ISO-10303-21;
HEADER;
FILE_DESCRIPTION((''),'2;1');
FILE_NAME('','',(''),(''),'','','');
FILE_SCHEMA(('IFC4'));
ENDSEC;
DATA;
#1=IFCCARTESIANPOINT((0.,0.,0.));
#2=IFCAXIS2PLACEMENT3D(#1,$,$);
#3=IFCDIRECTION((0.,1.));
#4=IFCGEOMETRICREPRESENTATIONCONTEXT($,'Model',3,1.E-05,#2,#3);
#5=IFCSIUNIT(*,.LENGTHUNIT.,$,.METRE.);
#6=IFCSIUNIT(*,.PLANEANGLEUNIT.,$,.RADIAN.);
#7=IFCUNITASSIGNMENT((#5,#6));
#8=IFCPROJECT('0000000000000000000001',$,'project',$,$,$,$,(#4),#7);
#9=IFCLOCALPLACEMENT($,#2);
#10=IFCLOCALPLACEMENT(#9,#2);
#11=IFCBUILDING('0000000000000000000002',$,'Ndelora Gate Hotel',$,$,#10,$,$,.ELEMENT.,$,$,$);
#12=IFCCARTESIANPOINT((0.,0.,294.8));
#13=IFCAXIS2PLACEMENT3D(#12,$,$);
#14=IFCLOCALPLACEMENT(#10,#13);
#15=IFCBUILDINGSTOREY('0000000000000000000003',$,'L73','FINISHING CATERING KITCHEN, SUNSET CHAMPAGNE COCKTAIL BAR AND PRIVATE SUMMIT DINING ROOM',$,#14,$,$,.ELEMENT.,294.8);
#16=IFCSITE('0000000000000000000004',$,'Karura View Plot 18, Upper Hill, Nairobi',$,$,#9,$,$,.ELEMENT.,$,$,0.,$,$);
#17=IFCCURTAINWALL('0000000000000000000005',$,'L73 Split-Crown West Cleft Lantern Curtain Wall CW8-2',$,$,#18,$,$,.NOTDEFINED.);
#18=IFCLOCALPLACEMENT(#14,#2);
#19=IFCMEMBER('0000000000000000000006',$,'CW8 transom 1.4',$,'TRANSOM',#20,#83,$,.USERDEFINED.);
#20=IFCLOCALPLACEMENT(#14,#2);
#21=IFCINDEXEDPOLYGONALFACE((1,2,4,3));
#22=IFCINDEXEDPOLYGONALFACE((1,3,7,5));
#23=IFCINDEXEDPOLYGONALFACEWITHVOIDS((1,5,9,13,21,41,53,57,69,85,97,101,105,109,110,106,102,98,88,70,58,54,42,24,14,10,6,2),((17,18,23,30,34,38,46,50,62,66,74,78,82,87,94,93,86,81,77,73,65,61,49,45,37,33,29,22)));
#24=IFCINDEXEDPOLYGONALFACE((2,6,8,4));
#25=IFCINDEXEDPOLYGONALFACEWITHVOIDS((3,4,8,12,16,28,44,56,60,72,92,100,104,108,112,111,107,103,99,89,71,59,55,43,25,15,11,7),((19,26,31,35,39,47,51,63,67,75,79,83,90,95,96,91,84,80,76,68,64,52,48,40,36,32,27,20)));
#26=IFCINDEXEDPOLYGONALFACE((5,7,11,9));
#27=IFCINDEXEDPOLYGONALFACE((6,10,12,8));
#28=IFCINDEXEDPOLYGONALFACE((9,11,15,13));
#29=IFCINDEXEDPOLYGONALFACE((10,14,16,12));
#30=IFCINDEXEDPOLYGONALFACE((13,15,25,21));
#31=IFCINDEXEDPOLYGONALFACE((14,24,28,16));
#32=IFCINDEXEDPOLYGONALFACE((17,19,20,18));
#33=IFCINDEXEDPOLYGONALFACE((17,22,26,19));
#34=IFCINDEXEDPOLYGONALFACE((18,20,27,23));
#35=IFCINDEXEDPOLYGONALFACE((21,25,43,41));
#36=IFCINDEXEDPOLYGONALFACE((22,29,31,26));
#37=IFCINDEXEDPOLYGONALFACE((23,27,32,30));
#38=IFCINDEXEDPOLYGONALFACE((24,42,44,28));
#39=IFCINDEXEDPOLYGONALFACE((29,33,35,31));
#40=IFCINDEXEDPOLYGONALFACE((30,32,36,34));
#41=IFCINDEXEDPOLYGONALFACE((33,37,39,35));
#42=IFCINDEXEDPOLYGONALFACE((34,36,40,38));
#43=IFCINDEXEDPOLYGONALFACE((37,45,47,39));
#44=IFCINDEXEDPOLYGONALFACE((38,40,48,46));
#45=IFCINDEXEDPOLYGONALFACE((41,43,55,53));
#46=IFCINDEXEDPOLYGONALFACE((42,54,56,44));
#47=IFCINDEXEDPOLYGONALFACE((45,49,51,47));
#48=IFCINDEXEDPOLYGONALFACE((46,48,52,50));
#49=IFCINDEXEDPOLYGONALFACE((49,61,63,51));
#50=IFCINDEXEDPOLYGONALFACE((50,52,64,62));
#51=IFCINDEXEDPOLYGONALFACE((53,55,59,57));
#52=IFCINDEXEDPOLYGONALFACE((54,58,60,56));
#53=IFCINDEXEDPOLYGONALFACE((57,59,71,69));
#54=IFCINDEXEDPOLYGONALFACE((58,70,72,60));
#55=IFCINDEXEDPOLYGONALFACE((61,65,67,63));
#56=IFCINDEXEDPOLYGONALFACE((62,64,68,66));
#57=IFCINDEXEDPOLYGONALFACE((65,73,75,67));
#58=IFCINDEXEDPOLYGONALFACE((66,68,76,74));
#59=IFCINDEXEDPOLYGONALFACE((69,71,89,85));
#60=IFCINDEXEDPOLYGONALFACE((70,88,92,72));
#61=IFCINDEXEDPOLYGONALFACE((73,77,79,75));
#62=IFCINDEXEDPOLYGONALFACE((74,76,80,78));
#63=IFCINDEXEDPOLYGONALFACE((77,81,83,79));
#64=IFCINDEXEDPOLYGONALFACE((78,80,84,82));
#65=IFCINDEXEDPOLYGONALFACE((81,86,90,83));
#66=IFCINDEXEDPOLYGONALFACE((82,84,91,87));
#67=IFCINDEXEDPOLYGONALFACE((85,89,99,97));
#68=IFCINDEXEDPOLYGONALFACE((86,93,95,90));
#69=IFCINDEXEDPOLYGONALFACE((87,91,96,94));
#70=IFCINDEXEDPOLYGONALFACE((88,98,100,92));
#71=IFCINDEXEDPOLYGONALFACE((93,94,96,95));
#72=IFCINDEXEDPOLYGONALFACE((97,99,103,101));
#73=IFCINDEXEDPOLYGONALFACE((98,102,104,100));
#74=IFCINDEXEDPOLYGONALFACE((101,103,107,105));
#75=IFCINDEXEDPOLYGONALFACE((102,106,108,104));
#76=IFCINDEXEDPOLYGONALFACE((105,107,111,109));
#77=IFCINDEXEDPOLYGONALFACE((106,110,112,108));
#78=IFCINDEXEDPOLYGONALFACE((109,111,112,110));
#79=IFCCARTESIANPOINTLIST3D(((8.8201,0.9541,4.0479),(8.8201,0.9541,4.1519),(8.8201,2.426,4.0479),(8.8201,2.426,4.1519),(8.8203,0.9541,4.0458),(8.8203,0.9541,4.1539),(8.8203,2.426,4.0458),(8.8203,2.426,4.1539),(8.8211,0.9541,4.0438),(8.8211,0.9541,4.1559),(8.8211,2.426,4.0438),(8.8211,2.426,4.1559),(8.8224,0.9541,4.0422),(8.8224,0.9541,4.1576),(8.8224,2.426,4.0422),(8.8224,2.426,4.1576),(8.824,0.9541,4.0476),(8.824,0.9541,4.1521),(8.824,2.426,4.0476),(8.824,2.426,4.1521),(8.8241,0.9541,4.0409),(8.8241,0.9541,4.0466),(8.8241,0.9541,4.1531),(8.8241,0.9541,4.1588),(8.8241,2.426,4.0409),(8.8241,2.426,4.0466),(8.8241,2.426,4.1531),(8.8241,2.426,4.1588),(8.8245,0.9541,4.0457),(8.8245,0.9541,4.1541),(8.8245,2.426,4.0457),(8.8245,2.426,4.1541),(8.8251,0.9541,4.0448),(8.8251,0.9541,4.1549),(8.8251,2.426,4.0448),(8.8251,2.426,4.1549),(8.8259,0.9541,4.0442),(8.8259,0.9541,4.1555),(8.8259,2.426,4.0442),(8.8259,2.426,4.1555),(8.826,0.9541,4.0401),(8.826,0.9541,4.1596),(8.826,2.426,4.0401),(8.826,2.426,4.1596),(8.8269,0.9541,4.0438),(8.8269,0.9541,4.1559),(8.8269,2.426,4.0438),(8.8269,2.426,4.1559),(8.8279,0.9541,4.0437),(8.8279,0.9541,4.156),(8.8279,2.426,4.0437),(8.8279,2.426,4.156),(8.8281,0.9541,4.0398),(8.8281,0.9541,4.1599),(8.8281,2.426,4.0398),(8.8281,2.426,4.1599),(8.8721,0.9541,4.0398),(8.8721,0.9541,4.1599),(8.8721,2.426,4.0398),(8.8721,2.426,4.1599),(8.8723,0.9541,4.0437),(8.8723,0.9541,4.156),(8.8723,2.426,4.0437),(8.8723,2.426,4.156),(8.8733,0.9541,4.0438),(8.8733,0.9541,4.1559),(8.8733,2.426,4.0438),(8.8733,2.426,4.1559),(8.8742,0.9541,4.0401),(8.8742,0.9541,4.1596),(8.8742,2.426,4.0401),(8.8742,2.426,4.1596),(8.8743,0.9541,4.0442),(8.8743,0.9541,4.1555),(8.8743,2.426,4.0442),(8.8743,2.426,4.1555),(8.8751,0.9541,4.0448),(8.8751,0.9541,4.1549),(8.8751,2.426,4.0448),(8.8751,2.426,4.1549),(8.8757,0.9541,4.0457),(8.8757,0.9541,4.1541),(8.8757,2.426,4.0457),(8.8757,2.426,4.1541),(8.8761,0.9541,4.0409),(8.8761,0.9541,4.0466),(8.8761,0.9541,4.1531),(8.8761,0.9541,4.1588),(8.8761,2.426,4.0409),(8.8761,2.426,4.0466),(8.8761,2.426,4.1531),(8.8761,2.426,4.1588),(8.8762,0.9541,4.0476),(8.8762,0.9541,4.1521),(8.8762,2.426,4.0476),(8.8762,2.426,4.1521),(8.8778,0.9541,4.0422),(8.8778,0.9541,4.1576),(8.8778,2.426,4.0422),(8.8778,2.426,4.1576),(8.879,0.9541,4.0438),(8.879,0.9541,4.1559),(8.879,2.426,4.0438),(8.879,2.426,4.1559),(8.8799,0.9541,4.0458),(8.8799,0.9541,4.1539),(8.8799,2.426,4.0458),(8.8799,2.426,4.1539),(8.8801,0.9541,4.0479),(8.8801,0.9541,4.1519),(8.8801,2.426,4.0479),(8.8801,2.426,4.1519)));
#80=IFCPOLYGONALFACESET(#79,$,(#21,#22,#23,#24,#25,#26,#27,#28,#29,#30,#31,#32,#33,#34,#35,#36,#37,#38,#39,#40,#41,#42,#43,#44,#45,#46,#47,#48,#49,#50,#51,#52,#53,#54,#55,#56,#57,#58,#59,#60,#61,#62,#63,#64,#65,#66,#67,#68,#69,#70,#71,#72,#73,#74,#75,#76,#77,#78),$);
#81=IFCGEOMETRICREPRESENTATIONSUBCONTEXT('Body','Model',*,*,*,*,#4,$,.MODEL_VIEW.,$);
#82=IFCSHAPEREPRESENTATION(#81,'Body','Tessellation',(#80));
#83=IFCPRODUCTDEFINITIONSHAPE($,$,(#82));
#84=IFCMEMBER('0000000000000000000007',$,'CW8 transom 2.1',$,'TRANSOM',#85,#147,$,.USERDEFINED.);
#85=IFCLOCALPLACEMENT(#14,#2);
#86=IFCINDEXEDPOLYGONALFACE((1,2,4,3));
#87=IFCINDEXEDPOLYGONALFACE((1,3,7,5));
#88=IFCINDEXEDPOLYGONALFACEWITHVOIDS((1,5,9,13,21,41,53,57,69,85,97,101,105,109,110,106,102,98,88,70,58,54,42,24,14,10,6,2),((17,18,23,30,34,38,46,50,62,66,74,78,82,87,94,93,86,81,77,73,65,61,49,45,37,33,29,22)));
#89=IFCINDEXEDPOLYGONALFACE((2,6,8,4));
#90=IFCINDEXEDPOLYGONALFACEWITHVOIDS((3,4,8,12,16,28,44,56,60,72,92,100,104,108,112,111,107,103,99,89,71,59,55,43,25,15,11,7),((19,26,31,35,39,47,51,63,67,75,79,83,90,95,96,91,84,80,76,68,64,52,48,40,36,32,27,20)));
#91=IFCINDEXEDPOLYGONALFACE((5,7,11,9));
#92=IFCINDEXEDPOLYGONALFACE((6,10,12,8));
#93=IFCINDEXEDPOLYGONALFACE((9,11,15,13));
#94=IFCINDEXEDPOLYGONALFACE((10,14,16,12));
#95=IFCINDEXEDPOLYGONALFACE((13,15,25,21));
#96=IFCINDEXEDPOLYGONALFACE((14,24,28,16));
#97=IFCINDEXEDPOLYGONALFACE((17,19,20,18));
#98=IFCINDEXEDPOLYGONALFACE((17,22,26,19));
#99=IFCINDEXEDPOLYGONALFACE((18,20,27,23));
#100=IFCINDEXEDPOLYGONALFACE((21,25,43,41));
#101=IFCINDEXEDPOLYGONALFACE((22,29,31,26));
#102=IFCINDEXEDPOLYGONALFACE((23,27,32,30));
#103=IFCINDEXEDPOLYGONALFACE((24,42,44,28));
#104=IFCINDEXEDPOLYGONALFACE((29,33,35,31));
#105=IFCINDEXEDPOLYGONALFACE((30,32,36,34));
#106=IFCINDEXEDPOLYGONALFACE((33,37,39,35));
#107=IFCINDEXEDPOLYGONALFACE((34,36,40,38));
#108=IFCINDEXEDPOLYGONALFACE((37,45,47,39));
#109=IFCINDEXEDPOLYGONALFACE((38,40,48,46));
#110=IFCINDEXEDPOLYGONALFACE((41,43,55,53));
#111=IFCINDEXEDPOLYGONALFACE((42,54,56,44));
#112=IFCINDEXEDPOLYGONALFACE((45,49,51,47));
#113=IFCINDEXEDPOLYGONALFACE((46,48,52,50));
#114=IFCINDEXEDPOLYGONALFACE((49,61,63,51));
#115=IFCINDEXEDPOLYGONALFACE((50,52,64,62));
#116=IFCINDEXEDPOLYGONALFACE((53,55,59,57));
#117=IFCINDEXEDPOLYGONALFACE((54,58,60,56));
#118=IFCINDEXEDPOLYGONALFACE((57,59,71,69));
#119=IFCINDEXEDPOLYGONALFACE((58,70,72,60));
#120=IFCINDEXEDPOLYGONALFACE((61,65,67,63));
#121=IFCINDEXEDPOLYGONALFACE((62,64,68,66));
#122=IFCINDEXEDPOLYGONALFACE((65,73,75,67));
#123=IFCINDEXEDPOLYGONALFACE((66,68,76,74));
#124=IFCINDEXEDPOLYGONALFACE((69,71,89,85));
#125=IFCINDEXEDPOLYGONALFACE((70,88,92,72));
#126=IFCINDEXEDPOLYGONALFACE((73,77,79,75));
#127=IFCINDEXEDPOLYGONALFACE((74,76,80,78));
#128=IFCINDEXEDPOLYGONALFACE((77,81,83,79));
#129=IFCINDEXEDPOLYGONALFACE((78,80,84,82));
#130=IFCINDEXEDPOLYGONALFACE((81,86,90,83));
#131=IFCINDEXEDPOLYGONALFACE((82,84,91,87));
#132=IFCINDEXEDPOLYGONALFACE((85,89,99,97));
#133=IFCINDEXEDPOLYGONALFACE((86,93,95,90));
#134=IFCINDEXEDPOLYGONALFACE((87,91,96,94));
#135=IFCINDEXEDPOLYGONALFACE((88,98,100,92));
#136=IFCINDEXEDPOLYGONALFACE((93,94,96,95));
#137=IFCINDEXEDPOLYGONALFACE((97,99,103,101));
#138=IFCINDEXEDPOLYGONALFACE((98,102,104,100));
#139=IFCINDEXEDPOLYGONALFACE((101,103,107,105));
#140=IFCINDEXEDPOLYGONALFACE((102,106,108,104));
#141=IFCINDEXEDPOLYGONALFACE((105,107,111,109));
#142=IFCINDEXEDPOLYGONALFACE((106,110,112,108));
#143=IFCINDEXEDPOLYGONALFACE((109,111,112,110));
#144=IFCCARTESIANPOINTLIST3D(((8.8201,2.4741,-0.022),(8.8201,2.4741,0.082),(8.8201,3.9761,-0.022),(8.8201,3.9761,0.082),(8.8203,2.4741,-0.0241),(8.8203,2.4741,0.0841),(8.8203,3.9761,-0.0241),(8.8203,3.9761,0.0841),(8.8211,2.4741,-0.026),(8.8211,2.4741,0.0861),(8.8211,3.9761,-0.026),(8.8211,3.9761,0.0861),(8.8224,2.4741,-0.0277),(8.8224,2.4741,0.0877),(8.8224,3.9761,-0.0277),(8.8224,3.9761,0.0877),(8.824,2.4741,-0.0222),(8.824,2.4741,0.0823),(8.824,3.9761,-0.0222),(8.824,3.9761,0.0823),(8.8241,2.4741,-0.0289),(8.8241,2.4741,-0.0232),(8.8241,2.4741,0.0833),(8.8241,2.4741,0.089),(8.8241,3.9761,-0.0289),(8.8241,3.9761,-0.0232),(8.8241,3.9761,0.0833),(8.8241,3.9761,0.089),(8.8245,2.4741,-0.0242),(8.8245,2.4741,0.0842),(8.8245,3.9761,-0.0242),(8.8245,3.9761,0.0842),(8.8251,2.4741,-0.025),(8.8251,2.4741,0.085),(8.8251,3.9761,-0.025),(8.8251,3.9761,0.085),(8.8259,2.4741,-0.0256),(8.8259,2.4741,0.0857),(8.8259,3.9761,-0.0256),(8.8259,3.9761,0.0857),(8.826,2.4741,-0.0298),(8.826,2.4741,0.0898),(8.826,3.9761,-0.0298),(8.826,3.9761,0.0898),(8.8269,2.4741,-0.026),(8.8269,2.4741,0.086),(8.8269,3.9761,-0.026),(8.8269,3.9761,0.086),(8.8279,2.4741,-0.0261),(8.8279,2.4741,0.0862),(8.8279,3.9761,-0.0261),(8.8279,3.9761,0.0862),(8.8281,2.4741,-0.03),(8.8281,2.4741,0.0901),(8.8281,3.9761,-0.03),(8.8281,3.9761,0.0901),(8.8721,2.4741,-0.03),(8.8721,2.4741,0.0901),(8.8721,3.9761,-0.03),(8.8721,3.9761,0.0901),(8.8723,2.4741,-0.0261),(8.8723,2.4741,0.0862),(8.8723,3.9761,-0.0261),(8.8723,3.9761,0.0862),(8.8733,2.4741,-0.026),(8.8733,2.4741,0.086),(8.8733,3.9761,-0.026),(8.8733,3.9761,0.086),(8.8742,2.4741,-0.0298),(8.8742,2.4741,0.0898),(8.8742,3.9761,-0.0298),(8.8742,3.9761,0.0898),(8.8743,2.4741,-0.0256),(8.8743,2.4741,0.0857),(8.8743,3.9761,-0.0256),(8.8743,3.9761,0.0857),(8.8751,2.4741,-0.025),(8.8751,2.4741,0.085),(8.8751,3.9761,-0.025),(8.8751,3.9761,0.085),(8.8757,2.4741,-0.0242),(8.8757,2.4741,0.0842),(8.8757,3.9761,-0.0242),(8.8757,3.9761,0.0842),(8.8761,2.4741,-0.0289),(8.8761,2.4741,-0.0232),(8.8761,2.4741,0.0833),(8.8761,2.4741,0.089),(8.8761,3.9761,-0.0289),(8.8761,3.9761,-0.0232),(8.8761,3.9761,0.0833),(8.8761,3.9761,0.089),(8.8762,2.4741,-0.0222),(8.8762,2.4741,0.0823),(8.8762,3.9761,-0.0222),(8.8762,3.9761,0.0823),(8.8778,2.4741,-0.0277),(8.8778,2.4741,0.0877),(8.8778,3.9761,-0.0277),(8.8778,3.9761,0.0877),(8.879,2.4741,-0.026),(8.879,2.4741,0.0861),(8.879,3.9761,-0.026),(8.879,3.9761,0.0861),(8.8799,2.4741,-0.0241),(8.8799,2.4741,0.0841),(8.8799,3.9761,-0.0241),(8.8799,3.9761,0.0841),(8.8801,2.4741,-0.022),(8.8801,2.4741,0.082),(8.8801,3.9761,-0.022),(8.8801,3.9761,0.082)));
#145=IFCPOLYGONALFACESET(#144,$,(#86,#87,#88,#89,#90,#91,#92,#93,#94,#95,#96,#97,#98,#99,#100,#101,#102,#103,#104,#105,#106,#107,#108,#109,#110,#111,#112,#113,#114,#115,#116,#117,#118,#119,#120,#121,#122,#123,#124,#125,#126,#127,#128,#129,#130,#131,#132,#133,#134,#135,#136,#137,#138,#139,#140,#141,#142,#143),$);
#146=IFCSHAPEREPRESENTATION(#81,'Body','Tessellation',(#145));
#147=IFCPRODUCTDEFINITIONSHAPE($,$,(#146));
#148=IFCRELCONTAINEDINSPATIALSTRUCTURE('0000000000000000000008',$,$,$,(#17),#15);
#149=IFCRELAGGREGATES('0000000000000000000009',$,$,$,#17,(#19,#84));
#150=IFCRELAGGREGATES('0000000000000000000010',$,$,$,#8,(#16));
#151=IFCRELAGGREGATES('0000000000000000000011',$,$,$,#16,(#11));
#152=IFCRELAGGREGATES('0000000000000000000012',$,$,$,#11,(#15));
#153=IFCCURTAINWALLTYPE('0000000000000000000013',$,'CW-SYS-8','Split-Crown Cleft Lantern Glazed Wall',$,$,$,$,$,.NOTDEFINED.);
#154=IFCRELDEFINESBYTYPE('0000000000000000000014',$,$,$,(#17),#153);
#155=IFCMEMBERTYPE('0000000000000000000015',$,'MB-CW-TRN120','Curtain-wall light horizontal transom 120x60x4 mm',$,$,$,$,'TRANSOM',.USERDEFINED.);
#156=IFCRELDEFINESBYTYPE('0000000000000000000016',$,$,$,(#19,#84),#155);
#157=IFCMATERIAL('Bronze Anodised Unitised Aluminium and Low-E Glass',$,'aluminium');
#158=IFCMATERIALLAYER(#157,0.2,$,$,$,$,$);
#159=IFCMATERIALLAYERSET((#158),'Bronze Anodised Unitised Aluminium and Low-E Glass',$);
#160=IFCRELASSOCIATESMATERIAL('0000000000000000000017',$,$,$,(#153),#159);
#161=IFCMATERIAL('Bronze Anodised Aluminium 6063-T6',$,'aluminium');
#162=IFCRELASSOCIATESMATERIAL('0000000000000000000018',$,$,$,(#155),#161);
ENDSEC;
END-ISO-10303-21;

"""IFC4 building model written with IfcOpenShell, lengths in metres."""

from ifc_helpers import new_model, si_unit, direction, frame, origin, origin_2d, place, context, subcontext, project, spatial, hollow_rectangle, extrude, material, layer, layer_set, material_profile, profile_set, type_object, element, aggregate, save


model = new_model("IFC4")

# Units and contexts
model_context = context("Model", 3, precision=1e-05, world=origin(), true_north=direction((0.0, 1.0)))
body_context = subcontext(model_context, "Body", "Model", "MODEL_VIEW")
ifc_project = project(units=[si_unit("LENGTHUNIT", "METRE"), si_unit("PLANEANGLEUNIT", "RADIAN")], contexts=[model_context])

# Site, building, storey
site_placement = place(None, origin())
site = spatial("IfcSite", under=ifc_project, at=site_placement, Name="Karura View Plot 18, Upper Hill, Nairobi", CompositionType="ELEMENT", RefElevation=0.0)
building_placement = place(site_placement, origin())
building = spatial("IfcBuilding", under=site, at=building_placement, Name="Ndelora Gate Hotel", CompositionType="ELEMENT")
storey_placement = place(building_placement, frame((0.0, 0.0, 294.8)))
storey = spatial("IfcBuildingStorey", under=building, at=storey_placement, Name="L73", Description="FINISHING CATERING KITCHEN, SUNSET CHAMPAGNE COCKTAIL BAR AND PRIVATE SUMMIT DINING ROOM", CompositionType="ELEMENT", Elevation=294.8)

# Curtain wall, members
ifc_material_1 = material(Name="Bronze Anodised Unitised Aluminium and Low-E Glass", Category="aluminium")
ifc_layer_1 = layer(ifc_material_1, 0.2)
ifc_layer_set_1 = layer_set([ifc_layer_1], Name="Bronze Anodised Unitised Aluminium and Low-E Glass")
curtain_wall_type = type_object("IfcCurtainWallType", Name="CW-SYS-8", Description="Split-Crown Cleft Lantern Glazed Wall", PredefinedType="NOTDEFINED", material=ifc_layer_set_1)
curtain_wall_1_placement = place(storey_placement, origin())
curtain_wall_1 = element("IfcCurtainWall", 1, at=curtain_wall_1_placement, inside=storey, type_object=curtain_wall_type, Name="L73 Split-Crown West Cleft Lantern Curtain Wall CW8-2", PredefinedType="NOTDEFINED")
ifc_material_2 = material(Name="Bronze Anodised Aluminium 6063-T6", Category="aluminium")
ifc_material_profile_1 = material_profile(ifc_material_2, hollow_rectangle(XDim=0.0601, YDim=0.1201, WallThickness=0.0039, InnerFilletRadius=0.0039, OuterFilletRadius=0.0081, at=origin_2d()), Name="ALU 120x60x4")
ifc_profile_set_1 = profile_set([ifc_material_profile_1], Name="Bronze Anodised Aluminium 6063-T6")
member_type_1 = type_object("IfcMemberType", Name="MB-CW-TRN120", Description="Curtain-wall light horizontal transom 120x60x4 mm", ElementType="TRANSOM", PredefinedType="USERDEFINED", material=ifc_profile_set_1)
member_1_placement = place(storey_placement, frame((8.8501, 0.9541, 4.0999), z_axis=(0.0, 1.0, 0.0), x_axis=(-1.0, 0.0, 0.0)))
member_1 = element("IfcMember", 2, at=member_1_placement, type_object=member_type_1, Name="CW8 transom 1.4", ObjectType="TRANSOM", PredefinedType="USERDEFINED", context=body_context, shape_type="SweptSolid", body=[
    extrude(hollow_rectangle(XDim=0.0601, YDim=0.1201, WallThickness=0.0039, InnerFilletRadius=0.0039, OuterFilletRadius=0.0081, at=origin_2d()), origin(), (0.0, 0.0, 1.0), 1.4719),
])
member_2_placement = place(storey_placement, frame((8.8501, 2.4741, 0.03), z_axis=(0.0, 1.0, 0.0), x_axis=(-1.0, 0.0, 0.0)))
member_2 = element("IfcMember", 3, at=member_2_placement, type_object=member_type_1, Name="CW8 transom 2.1", ObjectType="TRANSOM", PredefinedType="USERDEFINED", context=body_context, shape_type="SweptSolid", body=[
    extrude(hollow_rectangle(XDim=0.0601, YDim=0.1201, WallThickness=0.0039, InnerFilletRadius=0.0039, OuterFilletRadius=0.0081, at=origin_2d()), origin(), (0.0, 0.0, 1.0), 1.502),
])

aggregate(curtain_wall_1, [member_1, member_2])

save(model, "model.ifc")
